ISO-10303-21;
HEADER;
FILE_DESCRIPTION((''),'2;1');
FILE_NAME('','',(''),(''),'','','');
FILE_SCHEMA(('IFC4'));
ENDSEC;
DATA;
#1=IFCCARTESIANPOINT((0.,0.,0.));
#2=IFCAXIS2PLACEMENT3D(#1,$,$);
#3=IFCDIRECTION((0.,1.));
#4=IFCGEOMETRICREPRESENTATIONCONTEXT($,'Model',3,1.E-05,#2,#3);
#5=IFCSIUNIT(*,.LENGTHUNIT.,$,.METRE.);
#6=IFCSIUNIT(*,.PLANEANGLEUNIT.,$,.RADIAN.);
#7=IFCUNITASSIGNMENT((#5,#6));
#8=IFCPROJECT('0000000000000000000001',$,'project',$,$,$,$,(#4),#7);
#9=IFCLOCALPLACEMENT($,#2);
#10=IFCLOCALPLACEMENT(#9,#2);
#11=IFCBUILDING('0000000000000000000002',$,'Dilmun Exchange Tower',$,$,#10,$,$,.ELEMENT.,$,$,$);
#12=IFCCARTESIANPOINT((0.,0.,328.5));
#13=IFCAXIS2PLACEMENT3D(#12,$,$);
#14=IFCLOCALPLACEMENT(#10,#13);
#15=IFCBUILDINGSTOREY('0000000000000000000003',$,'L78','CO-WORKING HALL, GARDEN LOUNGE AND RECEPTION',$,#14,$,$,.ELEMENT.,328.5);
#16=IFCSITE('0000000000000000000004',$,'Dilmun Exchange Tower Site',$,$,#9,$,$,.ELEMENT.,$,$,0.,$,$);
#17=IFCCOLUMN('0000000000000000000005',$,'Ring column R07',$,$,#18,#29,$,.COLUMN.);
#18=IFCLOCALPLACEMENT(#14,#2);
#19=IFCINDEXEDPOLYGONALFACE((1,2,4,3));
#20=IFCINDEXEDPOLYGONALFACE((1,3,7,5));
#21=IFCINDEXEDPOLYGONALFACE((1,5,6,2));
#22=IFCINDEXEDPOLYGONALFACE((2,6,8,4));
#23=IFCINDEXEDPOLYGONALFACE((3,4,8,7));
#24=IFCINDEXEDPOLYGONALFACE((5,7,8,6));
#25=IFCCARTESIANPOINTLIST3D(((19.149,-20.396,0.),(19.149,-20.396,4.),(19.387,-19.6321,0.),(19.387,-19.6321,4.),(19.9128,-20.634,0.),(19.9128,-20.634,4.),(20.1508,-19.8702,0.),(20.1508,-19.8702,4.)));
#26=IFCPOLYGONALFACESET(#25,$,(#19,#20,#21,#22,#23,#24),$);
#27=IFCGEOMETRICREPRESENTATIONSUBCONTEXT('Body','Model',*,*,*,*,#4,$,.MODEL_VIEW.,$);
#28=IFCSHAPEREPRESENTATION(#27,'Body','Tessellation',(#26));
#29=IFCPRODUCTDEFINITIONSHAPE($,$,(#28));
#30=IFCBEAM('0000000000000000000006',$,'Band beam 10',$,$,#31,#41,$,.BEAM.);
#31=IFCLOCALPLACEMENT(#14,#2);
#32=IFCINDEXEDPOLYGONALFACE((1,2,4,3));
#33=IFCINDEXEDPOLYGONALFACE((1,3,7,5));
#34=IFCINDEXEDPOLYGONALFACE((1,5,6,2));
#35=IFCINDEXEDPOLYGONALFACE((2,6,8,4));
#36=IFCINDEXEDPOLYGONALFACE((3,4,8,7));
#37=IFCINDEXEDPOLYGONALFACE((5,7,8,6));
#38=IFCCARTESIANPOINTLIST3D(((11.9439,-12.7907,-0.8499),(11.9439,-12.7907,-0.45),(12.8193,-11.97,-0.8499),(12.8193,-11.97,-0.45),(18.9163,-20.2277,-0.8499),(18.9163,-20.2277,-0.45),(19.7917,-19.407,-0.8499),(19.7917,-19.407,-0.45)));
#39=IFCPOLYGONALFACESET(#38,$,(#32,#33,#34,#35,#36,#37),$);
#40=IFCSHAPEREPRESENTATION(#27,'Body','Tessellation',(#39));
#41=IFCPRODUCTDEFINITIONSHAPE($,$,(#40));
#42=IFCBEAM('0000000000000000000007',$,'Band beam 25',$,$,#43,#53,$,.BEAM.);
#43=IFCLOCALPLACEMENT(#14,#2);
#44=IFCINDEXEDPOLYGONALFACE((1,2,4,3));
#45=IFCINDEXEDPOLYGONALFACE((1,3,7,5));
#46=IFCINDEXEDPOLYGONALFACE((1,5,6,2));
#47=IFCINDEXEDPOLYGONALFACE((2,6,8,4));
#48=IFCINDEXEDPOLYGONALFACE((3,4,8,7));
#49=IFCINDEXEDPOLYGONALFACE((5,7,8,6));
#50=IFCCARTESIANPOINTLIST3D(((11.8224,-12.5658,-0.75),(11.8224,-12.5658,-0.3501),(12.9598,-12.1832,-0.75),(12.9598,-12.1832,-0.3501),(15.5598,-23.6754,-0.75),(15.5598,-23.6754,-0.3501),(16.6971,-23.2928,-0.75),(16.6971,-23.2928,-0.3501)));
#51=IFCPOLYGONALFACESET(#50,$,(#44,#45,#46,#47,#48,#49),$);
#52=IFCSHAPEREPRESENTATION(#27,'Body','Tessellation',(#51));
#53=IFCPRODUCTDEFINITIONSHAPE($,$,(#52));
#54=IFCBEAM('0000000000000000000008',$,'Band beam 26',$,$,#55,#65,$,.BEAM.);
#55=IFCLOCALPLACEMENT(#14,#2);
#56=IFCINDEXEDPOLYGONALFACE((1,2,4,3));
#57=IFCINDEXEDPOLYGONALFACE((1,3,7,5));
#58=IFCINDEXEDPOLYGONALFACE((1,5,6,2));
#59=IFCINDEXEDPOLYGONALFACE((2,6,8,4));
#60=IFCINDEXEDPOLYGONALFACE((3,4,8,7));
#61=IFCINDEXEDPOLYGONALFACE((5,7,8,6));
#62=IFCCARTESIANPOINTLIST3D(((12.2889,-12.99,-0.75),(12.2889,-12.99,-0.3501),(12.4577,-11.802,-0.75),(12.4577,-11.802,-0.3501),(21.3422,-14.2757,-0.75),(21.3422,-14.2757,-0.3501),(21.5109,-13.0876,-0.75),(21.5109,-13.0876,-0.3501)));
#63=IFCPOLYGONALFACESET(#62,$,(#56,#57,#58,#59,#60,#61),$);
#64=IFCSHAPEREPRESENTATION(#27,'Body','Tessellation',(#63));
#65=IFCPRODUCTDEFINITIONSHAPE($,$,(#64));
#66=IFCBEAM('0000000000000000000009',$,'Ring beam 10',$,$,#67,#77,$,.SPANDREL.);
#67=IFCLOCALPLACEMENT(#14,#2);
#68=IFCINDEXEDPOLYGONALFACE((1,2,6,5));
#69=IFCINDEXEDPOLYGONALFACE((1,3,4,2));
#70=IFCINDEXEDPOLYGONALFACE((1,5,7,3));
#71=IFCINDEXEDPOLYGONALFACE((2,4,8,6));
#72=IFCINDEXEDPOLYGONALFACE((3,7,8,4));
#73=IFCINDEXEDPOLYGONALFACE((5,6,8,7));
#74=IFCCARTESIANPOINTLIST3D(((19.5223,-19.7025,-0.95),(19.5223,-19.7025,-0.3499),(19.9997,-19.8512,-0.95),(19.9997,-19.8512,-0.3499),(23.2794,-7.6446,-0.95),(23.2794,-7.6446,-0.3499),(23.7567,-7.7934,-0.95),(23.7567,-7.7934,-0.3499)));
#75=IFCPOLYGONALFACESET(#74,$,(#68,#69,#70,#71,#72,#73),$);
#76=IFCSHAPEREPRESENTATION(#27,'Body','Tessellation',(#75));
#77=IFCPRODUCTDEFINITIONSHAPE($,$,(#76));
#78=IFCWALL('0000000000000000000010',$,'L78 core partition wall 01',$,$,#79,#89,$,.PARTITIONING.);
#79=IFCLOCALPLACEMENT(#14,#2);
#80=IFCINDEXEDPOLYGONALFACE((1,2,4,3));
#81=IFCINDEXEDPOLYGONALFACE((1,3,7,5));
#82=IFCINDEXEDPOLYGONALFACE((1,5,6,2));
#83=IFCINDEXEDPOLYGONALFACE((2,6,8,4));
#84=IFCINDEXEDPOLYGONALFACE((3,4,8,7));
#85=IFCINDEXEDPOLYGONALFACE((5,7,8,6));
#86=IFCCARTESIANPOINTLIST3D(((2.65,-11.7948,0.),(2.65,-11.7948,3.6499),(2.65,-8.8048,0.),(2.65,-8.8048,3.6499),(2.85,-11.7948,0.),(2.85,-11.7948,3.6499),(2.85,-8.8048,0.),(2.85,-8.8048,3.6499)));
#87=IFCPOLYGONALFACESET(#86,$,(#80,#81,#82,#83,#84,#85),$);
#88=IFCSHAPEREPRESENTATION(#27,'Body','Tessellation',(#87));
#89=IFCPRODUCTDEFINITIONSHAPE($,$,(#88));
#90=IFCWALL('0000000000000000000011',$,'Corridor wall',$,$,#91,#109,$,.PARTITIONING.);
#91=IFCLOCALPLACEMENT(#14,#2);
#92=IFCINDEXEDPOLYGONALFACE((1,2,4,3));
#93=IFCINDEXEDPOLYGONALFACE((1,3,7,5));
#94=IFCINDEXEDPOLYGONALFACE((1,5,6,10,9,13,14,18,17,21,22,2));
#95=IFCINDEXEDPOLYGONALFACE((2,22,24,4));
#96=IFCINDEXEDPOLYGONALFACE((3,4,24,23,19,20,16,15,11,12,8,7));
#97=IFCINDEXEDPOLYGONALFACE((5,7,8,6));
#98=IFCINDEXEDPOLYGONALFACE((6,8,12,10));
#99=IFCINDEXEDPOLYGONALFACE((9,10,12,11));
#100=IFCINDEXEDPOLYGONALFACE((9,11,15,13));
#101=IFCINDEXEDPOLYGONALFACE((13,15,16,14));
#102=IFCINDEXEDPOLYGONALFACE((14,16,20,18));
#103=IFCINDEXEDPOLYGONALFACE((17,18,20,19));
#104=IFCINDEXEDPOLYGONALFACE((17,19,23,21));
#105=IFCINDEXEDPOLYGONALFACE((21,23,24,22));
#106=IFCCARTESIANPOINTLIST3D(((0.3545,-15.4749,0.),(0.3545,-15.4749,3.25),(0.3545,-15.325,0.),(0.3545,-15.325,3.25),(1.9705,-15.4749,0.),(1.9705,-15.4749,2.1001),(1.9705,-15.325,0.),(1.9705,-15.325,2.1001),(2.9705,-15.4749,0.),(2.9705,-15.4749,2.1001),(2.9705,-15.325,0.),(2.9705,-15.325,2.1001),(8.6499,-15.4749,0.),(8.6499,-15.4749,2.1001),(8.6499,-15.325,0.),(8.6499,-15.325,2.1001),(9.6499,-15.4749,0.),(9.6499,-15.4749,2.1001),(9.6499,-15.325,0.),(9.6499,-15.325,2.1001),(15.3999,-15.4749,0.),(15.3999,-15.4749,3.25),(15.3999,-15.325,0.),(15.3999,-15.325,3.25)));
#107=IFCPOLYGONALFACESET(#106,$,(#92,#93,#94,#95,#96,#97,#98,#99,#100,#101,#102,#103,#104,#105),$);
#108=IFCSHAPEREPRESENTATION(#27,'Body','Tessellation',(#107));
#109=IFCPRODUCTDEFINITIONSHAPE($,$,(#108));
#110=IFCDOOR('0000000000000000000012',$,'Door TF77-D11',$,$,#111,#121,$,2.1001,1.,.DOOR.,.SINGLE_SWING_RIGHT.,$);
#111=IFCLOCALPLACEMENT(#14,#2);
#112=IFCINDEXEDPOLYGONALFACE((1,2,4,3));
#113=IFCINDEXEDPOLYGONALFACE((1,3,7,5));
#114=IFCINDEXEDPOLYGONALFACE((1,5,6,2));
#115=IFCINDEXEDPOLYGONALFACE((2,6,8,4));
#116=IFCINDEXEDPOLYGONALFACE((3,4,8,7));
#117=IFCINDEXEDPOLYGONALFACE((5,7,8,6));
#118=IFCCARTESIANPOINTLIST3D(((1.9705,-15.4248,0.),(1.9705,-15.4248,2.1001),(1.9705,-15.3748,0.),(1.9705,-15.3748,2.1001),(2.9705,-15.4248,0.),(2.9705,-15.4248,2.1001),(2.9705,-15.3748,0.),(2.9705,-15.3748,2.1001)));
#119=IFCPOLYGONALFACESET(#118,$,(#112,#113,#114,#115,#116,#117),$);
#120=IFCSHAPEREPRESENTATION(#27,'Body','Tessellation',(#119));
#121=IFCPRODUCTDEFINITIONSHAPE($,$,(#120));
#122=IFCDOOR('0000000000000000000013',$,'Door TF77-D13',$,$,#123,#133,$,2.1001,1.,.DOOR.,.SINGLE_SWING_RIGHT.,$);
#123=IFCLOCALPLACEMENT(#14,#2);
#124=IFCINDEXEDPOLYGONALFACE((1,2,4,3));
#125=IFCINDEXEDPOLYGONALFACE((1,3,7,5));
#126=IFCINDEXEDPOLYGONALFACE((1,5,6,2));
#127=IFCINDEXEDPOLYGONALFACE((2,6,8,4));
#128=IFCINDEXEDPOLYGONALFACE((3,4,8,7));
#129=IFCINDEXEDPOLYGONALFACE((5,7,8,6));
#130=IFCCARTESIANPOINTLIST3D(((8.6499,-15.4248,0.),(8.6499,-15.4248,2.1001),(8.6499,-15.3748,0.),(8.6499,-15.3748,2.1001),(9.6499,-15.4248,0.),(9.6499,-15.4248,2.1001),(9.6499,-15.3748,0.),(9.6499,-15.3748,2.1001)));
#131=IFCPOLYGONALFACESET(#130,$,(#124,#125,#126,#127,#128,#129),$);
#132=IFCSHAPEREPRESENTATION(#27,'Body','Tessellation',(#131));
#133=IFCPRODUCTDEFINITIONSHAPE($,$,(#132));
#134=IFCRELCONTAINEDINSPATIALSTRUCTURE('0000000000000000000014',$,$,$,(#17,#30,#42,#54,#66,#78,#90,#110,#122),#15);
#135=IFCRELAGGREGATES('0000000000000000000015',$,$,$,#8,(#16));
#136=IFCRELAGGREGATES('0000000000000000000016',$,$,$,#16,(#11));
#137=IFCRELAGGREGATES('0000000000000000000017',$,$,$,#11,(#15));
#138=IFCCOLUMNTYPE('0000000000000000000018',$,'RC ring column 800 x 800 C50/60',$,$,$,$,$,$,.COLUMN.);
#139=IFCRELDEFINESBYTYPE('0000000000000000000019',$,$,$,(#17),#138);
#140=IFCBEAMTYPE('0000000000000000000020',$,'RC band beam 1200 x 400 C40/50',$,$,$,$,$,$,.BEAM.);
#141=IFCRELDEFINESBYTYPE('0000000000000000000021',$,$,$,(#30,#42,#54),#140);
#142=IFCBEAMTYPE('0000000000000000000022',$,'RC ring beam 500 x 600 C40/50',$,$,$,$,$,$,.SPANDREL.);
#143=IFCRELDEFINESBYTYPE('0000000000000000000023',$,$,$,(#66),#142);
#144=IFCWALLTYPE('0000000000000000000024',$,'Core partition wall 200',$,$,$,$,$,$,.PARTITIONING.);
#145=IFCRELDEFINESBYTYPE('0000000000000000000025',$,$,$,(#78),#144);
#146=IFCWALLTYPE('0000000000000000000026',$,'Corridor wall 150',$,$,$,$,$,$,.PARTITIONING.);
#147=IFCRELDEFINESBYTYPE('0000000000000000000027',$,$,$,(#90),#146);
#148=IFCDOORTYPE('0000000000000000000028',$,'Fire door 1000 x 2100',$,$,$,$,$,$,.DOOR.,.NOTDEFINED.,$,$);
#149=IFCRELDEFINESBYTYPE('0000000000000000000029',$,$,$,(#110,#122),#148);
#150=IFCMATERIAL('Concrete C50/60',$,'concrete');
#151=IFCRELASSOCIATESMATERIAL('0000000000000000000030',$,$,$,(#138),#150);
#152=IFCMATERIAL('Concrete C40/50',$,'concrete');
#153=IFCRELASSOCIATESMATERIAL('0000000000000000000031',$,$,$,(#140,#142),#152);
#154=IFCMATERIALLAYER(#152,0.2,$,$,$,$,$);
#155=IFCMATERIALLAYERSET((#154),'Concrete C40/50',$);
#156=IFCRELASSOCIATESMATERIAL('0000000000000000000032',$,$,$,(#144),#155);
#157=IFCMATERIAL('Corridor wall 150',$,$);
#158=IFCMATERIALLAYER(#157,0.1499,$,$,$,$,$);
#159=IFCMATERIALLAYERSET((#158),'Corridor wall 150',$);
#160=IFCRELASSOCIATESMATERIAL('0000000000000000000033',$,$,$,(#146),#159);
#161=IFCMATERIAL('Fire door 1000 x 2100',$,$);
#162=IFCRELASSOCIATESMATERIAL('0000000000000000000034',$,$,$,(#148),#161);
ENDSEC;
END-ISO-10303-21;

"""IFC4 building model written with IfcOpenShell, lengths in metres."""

from ifc_helpers import new_model, si_unit, direction, frame, frame_2d, origin, origin_2d, place, context, subcontext, project, spatial, rectangle, extrude, material, layer, layer_set, material_profile, profile_set, type_object, element, fill, save


model = new_model("IFC4")

# Units and contexts
model_context = context("Model", 3, precision=1e-05, world=origin(), true_north=direction((0.0, 1.0)))
body_context = subcontext(model_context, "Body", "Model", "MODEL_VIEW")
ifc_project = project(units=[si_unit("LENGTHUNIT", "METRE"), si_unit("PLANEANGLEUNIT", "RADIAN")], contexts=[model_context])

# Site, building, storey
site_placement = place(None, origin())
site = spatial("IfcSite", under=ifc_project, at=site_placement, Name="Dilmun Exchange Tower Site", CompositionType="ELEMENT", RefElevation=0.0)
building_placement = place(site_placement, origin())
building = spatial("IfcBuilding", under=site, at=building_placement, Name="Dilmun Exchange Tower", CompositionType="ELEMENT")
storey_placement = place(building_placement, frame((0.0, 0.0, 328.5)))
storey = spatial("IfcBuildingStorey", under=building, at=storey_placement, Name="L78", Description="CO-WORKING HALL, GARDEN LOUNGE AND RECEPTION", CompositionType="ELEMENT", Elevation=328.5)

# Column
ifc_material_1 = material(Name="Concrete C50/60", Category="concrete")
ifc_material_profile_1 = material_profile(ifc_material_1, rectangle(XDim=0.8, YDim=0.8, at=origin_2d()), Name="800 x 800")
ifc_profile_set_1 = profile_set([ifc_material_profile_1], Name="Concrete C50/60")
column_type = type_object("IfcColumnType", Name="RC ring column 800 x 800 C50/60", PredefinedType="COLUMN", material=ifc_profile_set_1)
column_placement = place(storey_placement, frame((19.6499, -20.1331, 0.0), z_axis=(0.0, 0.0, 1.0), x_axis=(0.297503, 0.954721, 0.0)))
element("IfcColumn", 1, at=column_placement, inside=storey, type_object=column_type, Name="Ring column R07", PredefinedType="COLUMN", context=body_context, shape_type="SweptSolid", body=[
    extrude(rectangle(XDim=0.8, YDim=0.8, at=origin_2d()), origin(), (0.0, 0.0, 1.0), 4.0),
])

# Beams
ifc_material_2 = material(Name="Concrete C40/50", Category="concrete")
ifc_material_profile_2 = material_profile(ifc_material_2, rectangle(XDim=1.2, YDim=0.3999, at=origin_2d()), Name="1200 x 400")
ifc_profile_set_2 = profile_set([ifc_material_profile_2], Name="Concrete C40/50")
beam_type_1 = type_object("IfcBeamType", Name="RC band beam 1200 x 400 C40/50", PredefinedType="BEAM", material=ifc_profile_set_2)
beam_1_placement = place(storey_placement, frame((19.354, -19.8174, -0.6499), z_axis=(-0.683952, 0.729527, 0.0), x_axis=(-0.729527, -0.683952, 0.0)))
element("IfcBeam", 2, at=beam_1_placement, inside=storey, type_object=beam_type_1, Name="Band beam 10", PredefinedType="BEAM", context=body_context, shape_type="SweptSolid", body=[
    extrude(rectangle(XDim=1.2, YDim=0.3999, at=origin_2d()), origin(), (0.0, 0.0, 1.0), 10.1943),
])
beam_2_placement = place(storey_placement, frame((16.1284, -23.4841, -0.55), z_axis=(-0.318845, 0.947807, 0.0), x_axis=(-0.947807, -0.318845, 0.0)))
element("IfcBeam", 3, at=beam_2_placement, inside=storey, type_object=beam_type_1, Name="Band beam 25", PredefinedType="BEAM", context=body_context, shape_type="SweptSolid", body=[
    extrude(rectangle(XDim=1.2, YDim=0.3999, at=origin_2d()), origin(), (0.0, 0.0, 1.0), 11.7214),
])
beam_3_placement = place(storey_placement, frame((21.4265, -13.6816, -0.55), z_axis=(-0.990067, 0.140599, 0.0), x_axis=(-0.140599, -0.990067, 0.0)))
element("IfcBeam", 4, at=beam_3_placement, inside=storey, type_object=beam_type_1, Name="Band beam 26", PredefinedType="BEAM", context=body_context, shape_type="SweptSolid", body=[
    extrude(rectangle(XDim=1.2, YDim=0.3999, at=origin_2d()), origin(), (0.0, 0.0, 1.0), 9.144),
])
ifc_material_profile_3 = material_profile(ifc_material_2, rectangle(XDim=0.5, YDim=0.6001, at=origin_2d()), Name="500 x 600")
ifc_profile_set_3 = profile_set([ifc_material_profile_3], Name="Concrete C40/50")
beam_type_2 = type_object("IfcBeamType", Name="RC ring beam 500 x 600 C40/50", PredefinedType="SPANDREL", material=ifc_profile_set_3)
beam_4_placement = place(storey_placement, frame((19.761, -19.7769, -0.6499), z_axis=(0.297481, 0.954728, 0.0), x_axis=(-0.954728, 0.297481, 0.0)))
element("IfcBeam", 5, at=beam_4_placement, inside=storey, type_object=beam_type_2, Name="Ring beam 10", PredefinedType="SPANDREL", context=body_context, shape_type="SweptSolid", body=[
    extrude(rectangle(XDim=0.5, YDim=0.6001, at=origin_2d()), origin(), (0.0, 0.0, 1.0), 12.6296),
])

# Wall
ifc_layer_1 = layer(ifc_material_2, 0.2)
ifc_layer_set_1 = layer_set([ifc_layer_1], Name="Concrete C40/50")
wall_type_1 = type_object("IfcWallType", Name="Core partition wall 200", PredefinedType="PARTITIONING", material=ifc_layer_set_1)
wall_1_placement = place(storey_placement, frame((2.75, -11.7949, 0.0), z_axis=(0.0, 0.0, 1.0), x_axis=(0.0, 1.0, 0.0)))
element("IfcWall", 6, at=wall_1_placement, inside=storey, type_object=wall_type_1, Name="L78 core partition wall 01", PredefinedType="PARTITIONING", context=body_context, shape_type="SweptSolid", body=[
    extrude(rectangle(XDim=2.99, YDim=0.2, at=frame_2d((1.4951, 0.0))), origin(), (0.0, 0.0, 1.0), 3.6499),
])

# Wall, openings, doors
ifc_material_3 = material(Name="Corridor wall 150")
ifc_layer_2 = layer(ifc_material_3, 0.1499)
ifc_layer_set_2 = layer_set([ifc_layer_2], Name="Corridor wall 150")
wall_type_2 = type_object("IfcWallType", Name="Corridor wall 150", PredefinedType="PARTITIONING", material=ifc_layer_set_2)
wall_2_placement = place(storey_placement, frame((0.3545, -15.3999, 0.0), z_axis=(0.0, 0.0, 1.0), x_axis=(1.0, 0.0, 0.0)))
wall_2 = element("IfcWall", 7, at=wall_2_placement, inside=storey, type_object=wall_type_2, Name="Corridor wall", PredefinedType="PARTITIONING", context=body_context, shape_type="SweptSolid", body=[
    extrude(rectangle(XDim=15.0454, YDim=0.1499, at=frame_2d((7.5227, 0.0))), origin(), (0.0, 0.0, 1.0), 3.25),
])
opening_1_placement = place(wall_2_placement, frame((1.616, 0.0, 0.0)))
opening_1 = element("IfcOpeningElement", 8, at=opening_1_placement, cuts=wall_2, PredefinedType="OPENING", context=body_context, shape_type="SweptSolid", body=[
    extrude(rectangle(XDim=1.0, YDim=2.1001, at=frame_2d((0.5, 1.05))), frame((0.0, 0.085, 0.0), z_axis=(0.0, -1.0, 0.0), x_axis=(1.0, 0.0, 0.0)), (0.0, 0.0, 1.0), 0.1699),
])
opening_2_placement = place(wall_2_placement, frame((8.2954, 0.0, 0.0)))
opening_2 = element("IfcOpeningElement", 9, at=opening_2_placement, cuts=wall_2, PredefinedType="OPENING", context=body_context, shape_type="SweptSolid", body=[
    extrude(rectangle(XDim=1.0, YDim=2.1001, at=frame_2d((0.5, 1.05))), frame((0.0, 0.085, 0.0), z_axis=(0.0, -1.0, 0.0), x_axis=(1.0, 0.0, 0.0)), (0.0, 0.0, 1.0), 0.1699),
])
ifc_material_4 = material(Name="Fire door 1000 x 2100")
door_type_1 = type_object("IfcDoorType", Name="Fire door 1000 x 2100", OperationType="NOTDEFINED", PredefinedType="DOOR", material=ifc_material_4)
door_1_placement = place(opening_1_placement, frame((1.0, 0.0, 0.0), z_axis=(0.0, 0.0, 1.0), x_axis=(-1.0, 0.0, 0.0)))
door_1 = element("IfcDoor", 10, at=door_1_placement, inside=storey, type_object=door_type_1, Name="Door TF77-D11", OperationType="SINGLE_SWING_RIGHT", OverallHeight=2.1001, OverallWidth=1.0, PredefinedType="DOOR", context=body_context, shape_type="SweptSolid", body=[
    extrude(rectangle(XDim=1.0, YDim=2.1001, at=frame_2d((0.5, 1.05))), frame((0.0, 0.0249, 0.0), z_axis=(0.0, -1.0, 0.0), x_axis=(1.0, 0.0, 0.0)), (0.0, 0.0, 1.0), 0.05),
])
fill(opening_1, door_1)
door_2_placement = place(opening_2_placement, frame((1.0, 0.0, 0.0), z_axis=(0.0, 0.0, 1.0), x_axis=(-1.0, 0.0, 0.0)))
door_2 = element("IfcDoor", 11, at=door_2_placement, inside=storey, type_object=door_type_1, Name="Door TF77-D13", OperationType="SINGLE_SWING_RIGHT", OverallHeight=2.1001, OverallWidth=1.0, PredefinedType="DOOR", context=body_context, shape_type="SweptSolid", body=[
    extrude(rectangle(XDim=1.0, YDim=2.1001, at=frame_2d((0.5, 1.05))), frame((0.0, 0.0249, 0.0), z_axis=(0.0, -1.0, 0.0), x_axis=(1.0, 0.0, 0.0)), (0.0, 0.0, 1.0), 0.05),
])
fill(opening_2, door_2)

save(model, "model.ifc")
